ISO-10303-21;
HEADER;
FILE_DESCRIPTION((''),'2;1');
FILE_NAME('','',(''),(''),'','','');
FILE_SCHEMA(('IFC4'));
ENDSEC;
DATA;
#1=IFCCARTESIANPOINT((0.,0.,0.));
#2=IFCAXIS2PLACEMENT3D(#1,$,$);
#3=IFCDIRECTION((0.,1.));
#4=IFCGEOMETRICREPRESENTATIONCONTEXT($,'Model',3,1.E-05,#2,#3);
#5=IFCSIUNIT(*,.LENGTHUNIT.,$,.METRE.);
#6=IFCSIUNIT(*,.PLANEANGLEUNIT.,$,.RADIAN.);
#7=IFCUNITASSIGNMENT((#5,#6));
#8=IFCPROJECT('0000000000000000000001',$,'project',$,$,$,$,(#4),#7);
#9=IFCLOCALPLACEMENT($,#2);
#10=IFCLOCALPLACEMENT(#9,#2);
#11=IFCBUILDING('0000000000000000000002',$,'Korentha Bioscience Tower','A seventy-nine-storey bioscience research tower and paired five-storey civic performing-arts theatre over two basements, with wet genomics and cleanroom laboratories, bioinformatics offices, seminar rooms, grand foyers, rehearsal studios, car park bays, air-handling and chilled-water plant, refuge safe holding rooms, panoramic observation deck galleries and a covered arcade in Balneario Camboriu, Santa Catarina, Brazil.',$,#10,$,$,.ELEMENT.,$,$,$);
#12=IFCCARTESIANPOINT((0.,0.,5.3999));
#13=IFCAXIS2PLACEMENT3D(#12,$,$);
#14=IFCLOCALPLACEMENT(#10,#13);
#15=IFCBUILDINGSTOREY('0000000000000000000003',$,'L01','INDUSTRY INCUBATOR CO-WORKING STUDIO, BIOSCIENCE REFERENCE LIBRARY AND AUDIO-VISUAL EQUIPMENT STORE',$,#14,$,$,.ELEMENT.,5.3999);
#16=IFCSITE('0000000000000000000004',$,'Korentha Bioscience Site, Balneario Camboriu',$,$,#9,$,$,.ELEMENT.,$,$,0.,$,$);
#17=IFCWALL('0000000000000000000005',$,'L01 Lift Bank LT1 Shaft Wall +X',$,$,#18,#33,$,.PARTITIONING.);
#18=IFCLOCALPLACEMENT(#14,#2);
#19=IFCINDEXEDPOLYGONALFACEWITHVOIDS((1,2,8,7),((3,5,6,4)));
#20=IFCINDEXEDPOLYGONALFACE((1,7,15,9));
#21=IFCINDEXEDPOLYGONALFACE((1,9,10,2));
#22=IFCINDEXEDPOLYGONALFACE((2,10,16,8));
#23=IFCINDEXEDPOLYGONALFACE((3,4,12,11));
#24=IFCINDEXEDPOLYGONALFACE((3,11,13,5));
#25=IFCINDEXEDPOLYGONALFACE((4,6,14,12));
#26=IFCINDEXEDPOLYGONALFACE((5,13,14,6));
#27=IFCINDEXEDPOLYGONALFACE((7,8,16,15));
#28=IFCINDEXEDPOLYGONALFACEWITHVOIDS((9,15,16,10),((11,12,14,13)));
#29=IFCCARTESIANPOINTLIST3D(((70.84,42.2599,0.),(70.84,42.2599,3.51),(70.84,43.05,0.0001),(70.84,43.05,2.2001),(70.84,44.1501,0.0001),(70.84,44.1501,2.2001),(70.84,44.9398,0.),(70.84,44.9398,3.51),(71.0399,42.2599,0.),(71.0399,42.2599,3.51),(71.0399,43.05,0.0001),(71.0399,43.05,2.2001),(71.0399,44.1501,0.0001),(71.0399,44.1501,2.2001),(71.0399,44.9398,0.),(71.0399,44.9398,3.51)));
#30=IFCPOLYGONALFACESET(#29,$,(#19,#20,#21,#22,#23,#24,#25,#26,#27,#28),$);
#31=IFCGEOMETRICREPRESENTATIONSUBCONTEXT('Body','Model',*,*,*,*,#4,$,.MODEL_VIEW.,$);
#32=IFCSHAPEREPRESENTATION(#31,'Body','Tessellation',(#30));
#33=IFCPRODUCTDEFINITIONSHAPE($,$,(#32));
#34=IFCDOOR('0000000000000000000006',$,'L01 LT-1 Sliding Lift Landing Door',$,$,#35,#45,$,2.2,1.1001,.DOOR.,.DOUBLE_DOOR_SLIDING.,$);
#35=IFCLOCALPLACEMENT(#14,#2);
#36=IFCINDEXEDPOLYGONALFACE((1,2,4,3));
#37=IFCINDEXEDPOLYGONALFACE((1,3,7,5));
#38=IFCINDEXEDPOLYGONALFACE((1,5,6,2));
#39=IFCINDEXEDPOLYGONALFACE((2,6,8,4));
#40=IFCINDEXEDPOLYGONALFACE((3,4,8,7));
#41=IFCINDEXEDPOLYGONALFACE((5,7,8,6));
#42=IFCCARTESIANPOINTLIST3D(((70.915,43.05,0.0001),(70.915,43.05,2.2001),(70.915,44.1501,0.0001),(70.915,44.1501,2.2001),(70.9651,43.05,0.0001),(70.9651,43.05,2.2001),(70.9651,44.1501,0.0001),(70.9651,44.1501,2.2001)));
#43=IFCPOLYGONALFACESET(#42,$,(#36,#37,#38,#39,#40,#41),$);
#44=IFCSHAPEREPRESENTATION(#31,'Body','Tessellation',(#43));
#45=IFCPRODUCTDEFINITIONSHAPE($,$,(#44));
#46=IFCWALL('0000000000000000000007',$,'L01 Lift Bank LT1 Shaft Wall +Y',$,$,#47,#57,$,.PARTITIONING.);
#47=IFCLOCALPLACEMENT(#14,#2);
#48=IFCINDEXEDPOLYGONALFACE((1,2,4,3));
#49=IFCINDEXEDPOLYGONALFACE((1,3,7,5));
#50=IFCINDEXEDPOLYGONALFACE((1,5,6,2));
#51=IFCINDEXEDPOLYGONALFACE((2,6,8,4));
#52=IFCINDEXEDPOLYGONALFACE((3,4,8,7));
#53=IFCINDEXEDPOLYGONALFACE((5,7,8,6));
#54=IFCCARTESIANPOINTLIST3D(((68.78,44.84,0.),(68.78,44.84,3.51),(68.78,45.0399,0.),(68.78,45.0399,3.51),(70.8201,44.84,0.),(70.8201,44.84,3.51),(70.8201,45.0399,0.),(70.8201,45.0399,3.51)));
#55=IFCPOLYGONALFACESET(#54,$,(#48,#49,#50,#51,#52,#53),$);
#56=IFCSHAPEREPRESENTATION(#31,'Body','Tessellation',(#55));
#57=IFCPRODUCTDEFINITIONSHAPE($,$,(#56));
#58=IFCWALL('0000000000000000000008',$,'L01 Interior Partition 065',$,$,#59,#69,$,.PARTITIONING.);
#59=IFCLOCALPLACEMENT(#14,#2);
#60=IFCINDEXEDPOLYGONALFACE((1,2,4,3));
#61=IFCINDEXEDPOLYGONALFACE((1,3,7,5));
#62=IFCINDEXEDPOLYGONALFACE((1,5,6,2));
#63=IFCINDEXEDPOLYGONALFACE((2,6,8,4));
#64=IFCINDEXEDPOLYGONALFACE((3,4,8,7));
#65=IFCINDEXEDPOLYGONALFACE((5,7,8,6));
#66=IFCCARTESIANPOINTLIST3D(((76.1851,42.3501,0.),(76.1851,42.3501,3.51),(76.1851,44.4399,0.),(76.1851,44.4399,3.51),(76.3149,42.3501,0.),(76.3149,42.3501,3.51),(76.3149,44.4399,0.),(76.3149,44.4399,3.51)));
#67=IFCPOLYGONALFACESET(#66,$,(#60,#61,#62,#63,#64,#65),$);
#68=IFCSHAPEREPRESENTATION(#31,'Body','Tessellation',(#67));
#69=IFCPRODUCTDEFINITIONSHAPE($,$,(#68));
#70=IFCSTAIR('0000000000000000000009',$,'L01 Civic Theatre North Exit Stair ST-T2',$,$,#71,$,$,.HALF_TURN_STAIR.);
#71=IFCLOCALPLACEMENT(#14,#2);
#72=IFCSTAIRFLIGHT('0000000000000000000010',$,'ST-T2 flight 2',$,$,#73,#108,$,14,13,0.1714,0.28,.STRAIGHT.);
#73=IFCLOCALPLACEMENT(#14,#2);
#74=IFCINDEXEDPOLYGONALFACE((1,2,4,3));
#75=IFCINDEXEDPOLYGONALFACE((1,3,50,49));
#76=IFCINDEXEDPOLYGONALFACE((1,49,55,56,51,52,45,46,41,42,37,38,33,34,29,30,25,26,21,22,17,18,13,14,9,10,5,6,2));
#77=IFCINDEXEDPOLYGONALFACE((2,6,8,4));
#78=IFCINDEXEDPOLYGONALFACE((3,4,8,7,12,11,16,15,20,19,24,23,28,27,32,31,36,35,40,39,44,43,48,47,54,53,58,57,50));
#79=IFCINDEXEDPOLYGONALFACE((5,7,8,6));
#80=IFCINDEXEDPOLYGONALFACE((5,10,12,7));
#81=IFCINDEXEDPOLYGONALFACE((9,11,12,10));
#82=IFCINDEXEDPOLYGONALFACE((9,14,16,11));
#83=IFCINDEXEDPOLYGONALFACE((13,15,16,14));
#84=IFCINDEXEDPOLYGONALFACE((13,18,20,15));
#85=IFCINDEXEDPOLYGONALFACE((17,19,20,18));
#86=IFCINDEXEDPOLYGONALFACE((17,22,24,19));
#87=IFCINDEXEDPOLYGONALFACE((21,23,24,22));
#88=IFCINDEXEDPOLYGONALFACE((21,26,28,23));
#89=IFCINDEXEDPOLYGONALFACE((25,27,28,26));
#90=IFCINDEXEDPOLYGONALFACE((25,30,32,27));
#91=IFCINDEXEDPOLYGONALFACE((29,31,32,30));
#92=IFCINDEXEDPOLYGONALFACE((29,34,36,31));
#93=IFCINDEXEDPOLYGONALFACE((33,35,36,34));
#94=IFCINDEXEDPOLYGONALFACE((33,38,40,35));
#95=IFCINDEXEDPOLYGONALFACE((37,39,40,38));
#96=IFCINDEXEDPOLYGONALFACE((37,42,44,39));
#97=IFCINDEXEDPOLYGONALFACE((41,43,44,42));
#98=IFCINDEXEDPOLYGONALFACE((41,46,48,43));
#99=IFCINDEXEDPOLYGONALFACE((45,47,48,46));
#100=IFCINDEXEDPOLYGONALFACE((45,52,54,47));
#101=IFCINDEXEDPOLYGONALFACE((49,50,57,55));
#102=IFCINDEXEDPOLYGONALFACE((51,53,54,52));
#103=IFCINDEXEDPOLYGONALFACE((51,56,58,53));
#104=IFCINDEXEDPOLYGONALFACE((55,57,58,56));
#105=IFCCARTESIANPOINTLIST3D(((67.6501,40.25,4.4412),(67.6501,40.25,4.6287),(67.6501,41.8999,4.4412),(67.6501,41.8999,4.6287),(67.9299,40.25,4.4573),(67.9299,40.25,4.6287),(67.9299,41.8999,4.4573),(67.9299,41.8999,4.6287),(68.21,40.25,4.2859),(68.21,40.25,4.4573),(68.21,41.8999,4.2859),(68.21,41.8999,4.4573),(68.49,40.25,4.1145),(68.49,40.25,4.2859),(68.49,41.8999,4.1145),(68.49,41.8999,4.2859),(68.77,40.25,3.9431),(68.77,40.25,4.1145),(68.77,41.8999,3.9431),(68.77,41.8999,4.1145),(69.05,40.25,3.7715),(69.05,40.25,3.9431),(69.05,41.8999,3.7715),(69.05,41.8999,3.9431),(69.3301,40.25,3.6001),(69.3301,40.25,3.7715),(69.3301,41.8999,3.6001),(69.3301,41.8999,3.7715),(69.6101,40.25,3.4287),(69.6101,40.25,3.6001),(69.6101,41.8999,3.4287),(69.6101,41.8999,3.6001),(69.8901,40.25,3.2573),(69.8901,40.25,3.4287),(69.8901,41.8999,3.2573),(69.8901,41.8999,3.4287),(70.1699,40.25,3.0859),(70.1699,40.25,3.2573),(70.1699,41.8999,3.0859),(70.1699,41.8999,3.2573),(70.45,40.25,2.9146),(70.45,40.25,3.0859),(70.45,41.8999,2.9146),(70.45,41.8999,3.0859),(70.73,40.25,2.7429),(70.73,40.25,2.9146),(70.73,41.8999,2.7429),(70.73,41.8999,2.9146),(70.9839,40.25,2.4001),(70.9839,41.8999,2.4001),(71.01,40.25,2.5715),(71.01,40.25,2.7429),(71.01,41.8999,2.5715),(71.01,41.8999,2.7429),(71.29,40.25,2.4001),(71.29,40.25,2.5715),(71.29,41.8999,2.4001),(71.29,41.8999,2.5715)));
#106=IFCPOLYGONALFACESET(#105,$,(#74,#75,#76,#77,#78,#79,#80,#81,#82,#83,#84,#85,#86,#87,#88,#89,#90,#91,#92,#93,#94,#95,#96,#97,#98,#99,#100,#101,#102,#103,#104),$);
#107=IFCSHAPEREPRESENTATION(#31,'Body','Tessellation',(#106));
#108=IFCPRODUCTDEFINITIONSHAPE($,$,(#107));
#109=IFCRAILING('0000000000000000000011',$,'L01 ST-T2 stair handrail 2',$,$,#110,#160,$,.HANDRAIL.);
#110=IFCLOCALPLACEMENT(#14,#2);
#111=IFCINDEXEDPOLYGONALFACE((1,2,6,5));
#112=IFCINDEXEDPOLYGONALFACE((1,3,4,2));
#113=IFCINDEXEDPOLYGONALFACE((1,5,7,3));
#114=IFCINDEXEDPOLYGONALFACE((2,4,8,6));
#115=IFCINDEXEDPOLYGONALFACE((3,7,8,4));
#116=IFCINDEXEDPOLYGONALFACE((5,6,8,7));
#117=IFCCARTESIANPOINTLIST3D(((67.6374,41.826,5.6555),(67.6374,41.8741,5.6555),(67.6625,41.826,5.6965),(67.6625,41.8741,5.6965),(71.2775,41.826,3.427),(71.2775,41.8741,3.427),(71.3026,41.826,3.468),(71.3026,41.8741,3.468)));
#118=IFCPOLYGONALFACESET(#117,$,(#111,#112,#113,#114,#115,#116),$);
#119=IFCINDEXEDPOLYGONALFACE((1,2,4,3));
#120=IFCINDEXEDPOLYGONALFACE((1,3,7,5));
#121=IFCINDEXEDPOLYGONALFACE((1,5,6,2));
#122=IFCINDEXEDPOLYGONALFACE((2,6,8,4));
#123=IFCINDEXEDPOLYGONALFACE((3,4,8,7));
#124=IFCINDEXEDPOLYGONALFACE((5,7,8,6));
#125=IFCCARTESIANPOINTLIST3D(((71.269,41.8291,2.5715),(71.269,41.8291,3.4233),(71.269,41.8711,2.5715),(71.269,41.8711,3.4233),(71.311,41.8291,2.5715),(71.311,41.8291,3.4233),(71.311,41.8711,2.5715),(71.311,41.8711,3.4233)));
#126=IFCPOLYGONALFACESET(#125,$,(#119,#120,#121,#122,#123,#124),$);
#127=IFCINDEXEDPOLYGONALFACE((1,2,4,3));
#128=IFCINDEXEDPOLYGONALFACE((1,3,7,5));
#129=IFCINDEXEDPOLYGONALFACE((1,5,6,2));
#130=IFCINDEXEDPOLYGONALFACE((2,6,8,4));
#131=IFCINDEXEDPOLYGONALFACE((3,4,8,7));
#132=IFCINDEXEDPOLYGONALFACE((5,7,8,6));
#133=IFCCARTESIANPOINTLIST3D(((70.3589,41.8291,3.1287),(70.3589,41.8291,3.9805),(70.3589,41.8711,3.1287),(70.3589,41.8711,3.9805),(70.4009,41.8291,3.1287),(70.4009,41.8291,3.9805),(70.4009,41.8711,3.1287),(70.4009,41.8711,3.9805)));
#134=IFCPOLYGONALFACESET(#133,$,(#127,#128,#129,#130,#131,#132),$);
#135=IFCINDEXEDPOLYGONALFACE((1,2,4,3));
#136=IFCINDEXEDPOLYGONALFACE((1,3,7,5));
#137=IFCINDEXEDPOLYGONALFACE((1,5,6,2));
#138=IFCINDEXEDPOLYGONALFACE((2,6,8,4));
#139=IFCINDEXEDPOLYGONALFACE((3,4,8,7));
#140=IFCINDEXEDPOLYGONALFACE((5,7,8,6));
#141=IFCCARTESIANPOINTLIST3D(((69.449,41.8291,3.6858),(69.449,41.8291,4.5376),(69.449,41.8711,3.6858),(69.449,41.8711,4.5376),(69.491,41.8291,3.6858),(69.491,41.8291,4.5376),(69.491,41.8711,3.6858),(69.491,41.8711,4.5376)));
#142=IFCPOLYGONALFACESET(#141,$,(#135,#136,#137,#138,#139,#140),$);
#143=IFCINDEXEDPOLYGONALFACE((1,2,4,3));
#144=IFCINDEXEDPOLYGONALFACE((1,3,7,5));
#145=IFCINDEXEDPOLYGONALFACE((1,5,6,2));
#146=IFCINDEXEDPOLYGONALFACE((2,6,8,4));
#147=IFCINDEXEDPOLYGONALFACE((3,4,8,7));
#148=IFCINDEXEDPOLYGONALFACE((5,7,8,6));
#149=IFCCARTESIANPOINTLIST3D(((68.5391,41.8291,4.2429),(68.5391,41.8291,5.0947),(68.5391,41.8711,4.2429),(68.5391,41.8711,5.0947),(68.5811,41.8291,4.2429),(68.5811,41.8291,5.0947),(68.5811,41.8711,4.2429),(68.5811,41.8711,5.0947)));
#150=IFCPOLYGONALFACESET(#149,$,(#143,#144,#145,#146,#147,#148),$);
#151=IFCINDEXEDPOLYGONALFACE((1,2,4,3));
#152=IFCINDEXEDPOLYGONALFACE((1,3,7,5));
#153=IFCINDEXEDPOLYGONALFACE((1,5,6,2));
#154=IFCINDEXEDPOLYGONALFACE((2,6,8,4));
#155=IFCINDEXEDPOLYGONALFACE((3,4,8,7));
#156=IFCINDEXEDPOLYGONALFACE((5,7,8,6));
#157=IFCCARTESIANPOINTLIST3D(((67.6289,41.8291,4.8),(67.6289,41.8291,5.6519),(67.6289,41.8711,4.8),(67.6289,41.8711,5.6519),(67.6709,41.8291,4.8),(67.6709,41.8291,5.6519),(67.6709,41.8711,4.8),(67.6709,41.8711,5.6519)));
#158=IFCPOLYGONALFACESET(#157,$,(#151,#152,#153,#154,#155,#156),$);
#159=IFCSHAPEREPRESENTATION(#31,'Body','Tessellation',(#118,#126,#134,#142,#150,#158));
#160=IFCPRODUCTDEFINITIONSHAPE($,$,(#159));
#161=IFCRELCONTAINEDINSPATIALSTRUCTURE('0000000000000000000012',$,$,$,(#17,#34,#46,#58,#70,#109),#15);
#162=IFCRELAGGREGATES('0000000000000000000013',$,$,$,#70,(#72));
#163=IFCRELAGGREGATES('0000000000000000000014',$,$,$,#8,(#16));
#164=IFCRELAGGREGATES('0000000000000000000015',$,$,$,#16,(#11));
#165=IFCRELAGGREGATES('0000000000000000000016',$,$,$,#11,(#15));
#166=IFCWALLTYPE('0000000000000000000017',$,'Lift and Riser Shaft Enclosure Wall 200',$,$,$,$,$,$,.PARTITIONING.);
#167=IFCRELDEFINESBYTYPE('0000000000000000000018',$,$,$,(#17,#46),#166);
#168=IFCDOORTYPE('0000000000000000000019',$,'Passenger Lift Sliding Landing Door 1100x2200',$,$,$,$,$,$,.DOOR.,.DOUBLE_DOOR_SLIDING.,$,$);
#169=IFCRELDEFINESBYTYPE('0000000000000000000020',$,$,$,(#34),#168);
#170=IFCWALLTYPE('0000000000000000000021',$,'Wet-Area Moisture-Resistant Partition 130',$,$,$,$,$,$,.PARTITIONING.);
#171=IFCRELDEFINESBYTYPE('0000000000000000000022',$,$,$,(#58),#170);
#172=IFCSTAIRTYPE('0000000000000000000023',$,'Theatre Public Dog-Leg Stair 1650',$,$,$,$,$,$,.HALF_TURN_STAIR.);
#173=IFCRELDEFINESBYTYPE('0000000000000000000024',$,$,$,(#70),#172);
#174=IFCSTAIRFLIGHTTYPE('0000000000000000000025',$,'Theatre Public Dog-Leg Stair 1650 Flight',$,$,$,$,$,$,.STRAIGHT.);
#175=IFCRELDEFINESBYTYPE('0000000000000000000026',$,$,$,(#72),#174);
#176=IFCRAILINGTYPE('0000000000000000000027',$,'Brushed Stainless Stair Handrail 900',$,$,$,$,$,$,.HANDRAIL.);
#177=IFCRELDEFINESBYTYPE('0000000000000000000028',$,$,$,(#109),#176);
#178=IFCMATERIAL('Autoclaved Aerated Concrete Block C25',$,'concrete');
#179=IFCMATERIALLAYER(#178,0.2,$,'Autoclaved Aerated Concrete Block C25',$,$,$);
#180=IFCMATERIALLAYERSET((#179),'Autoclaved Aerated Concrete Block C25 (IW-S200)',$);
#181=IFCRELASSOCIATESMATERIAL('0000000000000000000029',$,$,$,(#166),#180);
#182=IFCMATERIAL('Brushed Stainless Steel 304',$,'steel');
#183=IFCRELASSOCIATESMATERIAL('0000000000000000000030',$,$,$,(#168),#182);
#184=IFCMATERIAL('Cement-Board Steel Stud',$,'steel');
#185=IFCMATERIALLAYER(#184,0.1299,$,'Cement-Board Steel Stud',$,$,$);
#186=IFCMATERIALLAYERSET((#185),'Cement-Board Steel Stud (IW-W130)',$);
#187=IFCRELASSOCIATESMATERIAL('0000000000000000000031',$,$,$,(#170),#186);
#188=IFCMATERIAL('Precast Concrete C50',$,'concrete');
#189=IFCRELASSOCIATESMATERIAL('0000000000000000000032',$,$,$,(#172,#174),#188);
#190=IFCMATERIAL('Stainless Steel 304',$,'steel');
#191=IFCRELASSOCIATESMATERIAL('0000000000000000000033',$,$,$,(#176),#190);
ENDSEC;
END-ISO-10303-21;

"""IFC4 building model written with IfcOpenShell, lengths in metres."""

from ifc_helpers import new_model, si_unit, direction, frame, frame_2d, origin, origin_2d, place, context, subcontext, project, spatial, polyline, rectangle, outline, extrude, material, layer, layer_set, type_object, element, fill, aggregate, save


model = new_model("IFC4")

# Units and contexts
model_context = context("Model", 3, precision=1e-05, world=origin(), true_north=direction((0.0, 1.0)))
body_context = subcontext(model_context, "Body", "Model", "MODEL_VIEW")
ifc_project = project(units=[si_unit("LENGTHUNIT", "METRE"), si_unit("PLANEANGLEUNIT", "RADIAN")], contexts=[model_context])

# Site, building, storey
site_placement = place(None, origin())
site = spatial("IfcSite", under=ifc_project, at=site_placement, Name="Korentha Bioscience Site, Balneario Camboriu", CompositionType="ELEMENT", RefElevation=0.0)
building_placement = place(site_placement, origin())
building = spatial("IfcBuilding", under=site, at=building_placement, Name="Korentha Bioscience Tower", Description="A seventy-nine-storey bioscience research tower and paired five-storey civic performing-arts theatre over two basements, with wet genomics and cleanroom laboratories, bioinformatics offices, seminar rooms, grand foyers, rehearsal studios, car park bays, air-handling and chilled-water plant, refuge safe holding rooms, panoramic observation deck galleries and a covered arcade in Balneario Camboriu, Santa Catarina, Brazil.", CompositionType="ELEMENT")
storey_placement = place(building_placement, frame((0.0, 0.0, 5.3999)))
storey = spatial("IfcBuildingStorey", under=building, at=storey_placement, Name="L01", Description="INDUSTRY INCUBATOR CO-WORKING STUDIO, BIOSCIENCE REFERENCE LIBRARY AND AUDIO-VISUAL EQUIPMENT STORE", CompositionType="ELEMENT", Elevation=5.3999)

# Shared definitions
ifc_material_1 = material(Name="Autoclaved Aerated Concrete Block C25", Category="concrete")
ifc_layer_1 = layer(ifc_material_1, 0.2, Name="Autoclaved Aerated Concrete Block C25")
ifc_layer_set_1 = layer_set([ifc_layer_1], Name="Autoclaved Aerated Concrete Block C25 (IW-S200)")
wall_type_1 = type_object("IfcWallType", Name="Lift and Riser Shaft Enclosure Wall 200", PredefinedType="PARTITIONING", material=ifc_layer_set_1)

# Wall, opening, door
wall_1_placement = place(storey_placement, frame((70.9399, 42.26, 0.0), z_axis=(0.0, 0.0, 1.0), x_axis=(0.0, 1.0, 0.0)))
wall_1 = element("IfcWall", 1, at=wall_1_placement, inside=storey, type_object=wall_type_1, Name="L01 Lift Bank LT1 Shaft Wall +X", PredefinedType="PARTITIONING", context=body_context, shape_type="SweptSolid", body=[
    extrude(rectangle(XDim=2.6799, YDim=0.2, at=frame_2d((1.3398, 0.0))), origin(), (0.0, 0.0, 1.0), 3.51),
])
opening_1_placement = place(wall_1_placement, frame((0.79, 0.0, 0.0)))
opening_1 = element("IfcOpeningElement", 2, at=opening_1_placement, cuts=wall_1, PredefinedType="OPENING", context=body_context, shape_type="SweptSolid", body=[
    extrude(rectangle(XDim=1.1001, YDim=2.2, at=frame_2d((0.55, 1.1001))), frame((0.0, 0.1147, 0.0), z_axis=(0.0, -1.0, 0.0), x_axis=(1.0, 0.0, 0.0)), (0.0, 0.0, 1.0), 0.2297),
])
ifc_material_2 = material(Name="Brushed Stainless Steel 304", Category="steel")
door_type_1 = type_object("IfcDoorType", Name="Passenger Lift Sliding Landing Door 1100x2200", OperationType="DOUBLE_DOOR_SLIDING", PredefinedType="DOOR", material=ifc_material_2)
door_1_placement = place(opening_1_placement, origin())
door_1 = element("IfcDoor", 3, at=door_1_placement, inside=storey, type_object=door_type_1, Name="L01 LT-1 Sliding Lift Landing Door", OperationType="DOUBLE_DOOR_SLIDING", OverallHeight=2.2, OverallWidth=1.1001, PredefinedType="DOOR", context=body_context, shape_type="SweptSolid", body=[
    extrude(rectangle(XDim=1.1001, YDim=2.2, at=frame_2d((0.55, 1.1001))), frame((0.0, 0.0249, 0.0), z_axis=(0.0, -1.0, 0.0), x_axis=(1.0, 0.0, 0.0)), (0.0, 0.0, 1.0), 0.05),
])
fill(opening_1, door_1)

# Wall
wall_2_placement = place(storey_placement, frame((68.78, 44.9399, 0.0), z_axis=(0.0, 0.0, 1.0), x_axis=(1.0, 0.0, 0.0)))
element("IfcWall", 4, at=wall_2_placement, inside=storey, type_object=wall_type_1, Name="L01 Lift Bank LT1 Shaft Wall +Y", PredefinedType="PARTITIONING", context=body_context, shape_type="SweptSolid", body=[
    extrude(rectangle(XDim=2.04, YDim=0.2, at=frame_2d((1.02, 0.0))), origin(), (0.0, 0.0, 1.0), 3.51),
])

# Shared definitions
ifc_material_3 = material(Name="Cement-Board Steel Stud", Category="steel")
ifc_layer_2 = layer(ifc_material_3, 0.1299, Name="Cement-Board Steel Stud")
ifc_layer_set_2 = layer_set([ifc_layer_2], Name="Cement-Board Steel Stud (IW-W130)")
wall_type_2 = type_object("IfcWallType", Name="Wet-Area Moisture-Resistant Partition 130", PredefinedType="PARTITIONING", material=ifc_layer_set_2)

# Wall
wall_3_placement = place(storey_placement, frame((76.25, 42.3501, 0.0), z_axis=(0.0, 0.0, 1.0), x_axis=(0.0, 1.0, 0.0)))
element("IfcWall", 5, at=wall_3_placement, inside=storey, type_object=wall_type_2, Name="L01 Interior Partition 065", PredefinedType="PARTITIONING", context=body_context, shape_type="SweptSolid", body=[
    extrude(rectangle(XDim=2.0898, YDim=0.1299, at=frame_2d((1.0449, 0.0))), origin(), (0.0, 0.0, 1.0), 3.51),
])

# Stair, stair flight
ifc_material_4 = material(Name="Precast Concrete C50", Category="concrete")
stair_type = type_object("IfcStairType", Name="Theatre Public Dog-Leg Stair 1650", PredefinedType="HALF_TURN_STAIR", material=ifc_material_4)
stair_placement = place(storey_placement, origin())
stair = element("IfcStair", 6, at=stair_placement, inside=storey, type_object=stair_type, Name="L01 Civic Theatre North Exit Stair ST-T2", PredefinedType="HALF_TURN_STAIR")
stair_flight_type = type_object("IfcStairFlightType", Name="Theatre Public Dog-Leg Stair 1650 Flight", PredefinedType="STRAIGHT", material=ifc_material_4)
stair_flight_placement = place(storey_placement, frame((71.29, 41.075, 2.4001), z_axis=(0.0, 0.0, 1.0), x_axis=(-1.0, 0.0, 0.0)))
stair_flight = element("IfcStairFlight", 7, at=stair_flight_placement, type_object=stair_flight_type, Name="ST-T2 flight 2", NumberOfRisers=14, NumberOfTreads=13, PredefinedType="STRAIGHT", RiserHeight=0.1714, TreadLength=0.28, context=body_context, shape_type="SweptSolid", body=[
    extrude(outline(polyline([(0.0, 0.0), (0.0, 0.1714), (0.28, 0.1714), (0.28, 0.3428), (0.5601, 0.3428), (0.5601, 0.5144), (0.8401, 0.5144), (0.8401, 0.6858), (1.1201, 0.6858), (1.1201, 0.8572), (1.3999, 0.8572), (1.3999, 1.0286), (1.6799, 1.0286), (1.6799, 1.2), (1.96, 1.2), (1.96, 1.3713), (2.24, 1.3713), (2.24, 1.543), (2.52, 1.543), (2.52, 1.7144), (2.8, 1.7144), (2.8, 1.8857), (3.0801, 1.8857), (3.0801, 2.0571), (3.3601, 2.0571), (3.3601, 2.2285), (3.6399, 2.2285), (3.6399, 2.3999), (3.6399, 2.041), (0.3062, 0.0), (0.0, 0.0)])), frame((0.0, 0.825, 0.0), z_axis=(0.0, -1.0, 0.0), x_axis=(1.0, 0.0, 0.0)), (0.0, 0.0, 1.0), 1.6499),
])
aggregate(stair, [stair_flight])

# Railing
ifc_material_5 = material(Name="Stainless Steel 304", Category="steel")
railing_type_1 = type_object("IfcRailingType", Name="Brushed Stainless Stair Handrail 900", PredefinedType="HANDRAIL", material=ifc_material_5)
railing_1_placement = place(storey_placement, frame((71.29, 41.8501, 2.5715)))
element("IfcRailing", 8, at=railing_1_placement, inside=storey, type_object=railing_type_1, Name="L01 ST-T2 stair handrail 2", PredefinedType="HANDRAIL", context=body_context, shape_type="SweptSolid", body=[
    extrude(rectangle(XDim=0.0481, YDim=0.0481, at=origin_2d()), frame((0.0, 0.0, 0.876), z_axis=(-0.852866, 0.0, 0.52213), x_axis=(0.0, -1.0, 0.0)), (0.0, 0.0, 1.0), 4.2681),
    extrude(rectangle(XDim=0.042, YDim=0.042, at=origin_2d()), origin(), (0.0, 0.0, 1.0), 0.8518),
    extrude(rectangle(XDim=0.042, YDim=0.042, at=origin_2d()), frame((-0.9102, 0.0, 0.5571)), (0.0, 0.0, 1.0), 0.8518),
    extrude(rectangle(XDim=0.042, YDim=0.042, at=origin_2d()), frame((-1.8201, 0.0, 1.1143)), (0.0, 0.0, 1.0), 0.8518),
    extrude(rectangle(XDim=0.042, YDim=0.042, at=origin_2d()), frame((-2.73, 0.0, 1.6714)), (0.0, 0.0, 1.0), 0.8518),
    extrude(rectangle(XDim=0.042, YDim=0.042, at=origin_2d()), frame((-3.6401, 0.0, 2.2285)), (0.0, 0.0, 1.0), 0.8518),
])

save(model, "model.ifc")
